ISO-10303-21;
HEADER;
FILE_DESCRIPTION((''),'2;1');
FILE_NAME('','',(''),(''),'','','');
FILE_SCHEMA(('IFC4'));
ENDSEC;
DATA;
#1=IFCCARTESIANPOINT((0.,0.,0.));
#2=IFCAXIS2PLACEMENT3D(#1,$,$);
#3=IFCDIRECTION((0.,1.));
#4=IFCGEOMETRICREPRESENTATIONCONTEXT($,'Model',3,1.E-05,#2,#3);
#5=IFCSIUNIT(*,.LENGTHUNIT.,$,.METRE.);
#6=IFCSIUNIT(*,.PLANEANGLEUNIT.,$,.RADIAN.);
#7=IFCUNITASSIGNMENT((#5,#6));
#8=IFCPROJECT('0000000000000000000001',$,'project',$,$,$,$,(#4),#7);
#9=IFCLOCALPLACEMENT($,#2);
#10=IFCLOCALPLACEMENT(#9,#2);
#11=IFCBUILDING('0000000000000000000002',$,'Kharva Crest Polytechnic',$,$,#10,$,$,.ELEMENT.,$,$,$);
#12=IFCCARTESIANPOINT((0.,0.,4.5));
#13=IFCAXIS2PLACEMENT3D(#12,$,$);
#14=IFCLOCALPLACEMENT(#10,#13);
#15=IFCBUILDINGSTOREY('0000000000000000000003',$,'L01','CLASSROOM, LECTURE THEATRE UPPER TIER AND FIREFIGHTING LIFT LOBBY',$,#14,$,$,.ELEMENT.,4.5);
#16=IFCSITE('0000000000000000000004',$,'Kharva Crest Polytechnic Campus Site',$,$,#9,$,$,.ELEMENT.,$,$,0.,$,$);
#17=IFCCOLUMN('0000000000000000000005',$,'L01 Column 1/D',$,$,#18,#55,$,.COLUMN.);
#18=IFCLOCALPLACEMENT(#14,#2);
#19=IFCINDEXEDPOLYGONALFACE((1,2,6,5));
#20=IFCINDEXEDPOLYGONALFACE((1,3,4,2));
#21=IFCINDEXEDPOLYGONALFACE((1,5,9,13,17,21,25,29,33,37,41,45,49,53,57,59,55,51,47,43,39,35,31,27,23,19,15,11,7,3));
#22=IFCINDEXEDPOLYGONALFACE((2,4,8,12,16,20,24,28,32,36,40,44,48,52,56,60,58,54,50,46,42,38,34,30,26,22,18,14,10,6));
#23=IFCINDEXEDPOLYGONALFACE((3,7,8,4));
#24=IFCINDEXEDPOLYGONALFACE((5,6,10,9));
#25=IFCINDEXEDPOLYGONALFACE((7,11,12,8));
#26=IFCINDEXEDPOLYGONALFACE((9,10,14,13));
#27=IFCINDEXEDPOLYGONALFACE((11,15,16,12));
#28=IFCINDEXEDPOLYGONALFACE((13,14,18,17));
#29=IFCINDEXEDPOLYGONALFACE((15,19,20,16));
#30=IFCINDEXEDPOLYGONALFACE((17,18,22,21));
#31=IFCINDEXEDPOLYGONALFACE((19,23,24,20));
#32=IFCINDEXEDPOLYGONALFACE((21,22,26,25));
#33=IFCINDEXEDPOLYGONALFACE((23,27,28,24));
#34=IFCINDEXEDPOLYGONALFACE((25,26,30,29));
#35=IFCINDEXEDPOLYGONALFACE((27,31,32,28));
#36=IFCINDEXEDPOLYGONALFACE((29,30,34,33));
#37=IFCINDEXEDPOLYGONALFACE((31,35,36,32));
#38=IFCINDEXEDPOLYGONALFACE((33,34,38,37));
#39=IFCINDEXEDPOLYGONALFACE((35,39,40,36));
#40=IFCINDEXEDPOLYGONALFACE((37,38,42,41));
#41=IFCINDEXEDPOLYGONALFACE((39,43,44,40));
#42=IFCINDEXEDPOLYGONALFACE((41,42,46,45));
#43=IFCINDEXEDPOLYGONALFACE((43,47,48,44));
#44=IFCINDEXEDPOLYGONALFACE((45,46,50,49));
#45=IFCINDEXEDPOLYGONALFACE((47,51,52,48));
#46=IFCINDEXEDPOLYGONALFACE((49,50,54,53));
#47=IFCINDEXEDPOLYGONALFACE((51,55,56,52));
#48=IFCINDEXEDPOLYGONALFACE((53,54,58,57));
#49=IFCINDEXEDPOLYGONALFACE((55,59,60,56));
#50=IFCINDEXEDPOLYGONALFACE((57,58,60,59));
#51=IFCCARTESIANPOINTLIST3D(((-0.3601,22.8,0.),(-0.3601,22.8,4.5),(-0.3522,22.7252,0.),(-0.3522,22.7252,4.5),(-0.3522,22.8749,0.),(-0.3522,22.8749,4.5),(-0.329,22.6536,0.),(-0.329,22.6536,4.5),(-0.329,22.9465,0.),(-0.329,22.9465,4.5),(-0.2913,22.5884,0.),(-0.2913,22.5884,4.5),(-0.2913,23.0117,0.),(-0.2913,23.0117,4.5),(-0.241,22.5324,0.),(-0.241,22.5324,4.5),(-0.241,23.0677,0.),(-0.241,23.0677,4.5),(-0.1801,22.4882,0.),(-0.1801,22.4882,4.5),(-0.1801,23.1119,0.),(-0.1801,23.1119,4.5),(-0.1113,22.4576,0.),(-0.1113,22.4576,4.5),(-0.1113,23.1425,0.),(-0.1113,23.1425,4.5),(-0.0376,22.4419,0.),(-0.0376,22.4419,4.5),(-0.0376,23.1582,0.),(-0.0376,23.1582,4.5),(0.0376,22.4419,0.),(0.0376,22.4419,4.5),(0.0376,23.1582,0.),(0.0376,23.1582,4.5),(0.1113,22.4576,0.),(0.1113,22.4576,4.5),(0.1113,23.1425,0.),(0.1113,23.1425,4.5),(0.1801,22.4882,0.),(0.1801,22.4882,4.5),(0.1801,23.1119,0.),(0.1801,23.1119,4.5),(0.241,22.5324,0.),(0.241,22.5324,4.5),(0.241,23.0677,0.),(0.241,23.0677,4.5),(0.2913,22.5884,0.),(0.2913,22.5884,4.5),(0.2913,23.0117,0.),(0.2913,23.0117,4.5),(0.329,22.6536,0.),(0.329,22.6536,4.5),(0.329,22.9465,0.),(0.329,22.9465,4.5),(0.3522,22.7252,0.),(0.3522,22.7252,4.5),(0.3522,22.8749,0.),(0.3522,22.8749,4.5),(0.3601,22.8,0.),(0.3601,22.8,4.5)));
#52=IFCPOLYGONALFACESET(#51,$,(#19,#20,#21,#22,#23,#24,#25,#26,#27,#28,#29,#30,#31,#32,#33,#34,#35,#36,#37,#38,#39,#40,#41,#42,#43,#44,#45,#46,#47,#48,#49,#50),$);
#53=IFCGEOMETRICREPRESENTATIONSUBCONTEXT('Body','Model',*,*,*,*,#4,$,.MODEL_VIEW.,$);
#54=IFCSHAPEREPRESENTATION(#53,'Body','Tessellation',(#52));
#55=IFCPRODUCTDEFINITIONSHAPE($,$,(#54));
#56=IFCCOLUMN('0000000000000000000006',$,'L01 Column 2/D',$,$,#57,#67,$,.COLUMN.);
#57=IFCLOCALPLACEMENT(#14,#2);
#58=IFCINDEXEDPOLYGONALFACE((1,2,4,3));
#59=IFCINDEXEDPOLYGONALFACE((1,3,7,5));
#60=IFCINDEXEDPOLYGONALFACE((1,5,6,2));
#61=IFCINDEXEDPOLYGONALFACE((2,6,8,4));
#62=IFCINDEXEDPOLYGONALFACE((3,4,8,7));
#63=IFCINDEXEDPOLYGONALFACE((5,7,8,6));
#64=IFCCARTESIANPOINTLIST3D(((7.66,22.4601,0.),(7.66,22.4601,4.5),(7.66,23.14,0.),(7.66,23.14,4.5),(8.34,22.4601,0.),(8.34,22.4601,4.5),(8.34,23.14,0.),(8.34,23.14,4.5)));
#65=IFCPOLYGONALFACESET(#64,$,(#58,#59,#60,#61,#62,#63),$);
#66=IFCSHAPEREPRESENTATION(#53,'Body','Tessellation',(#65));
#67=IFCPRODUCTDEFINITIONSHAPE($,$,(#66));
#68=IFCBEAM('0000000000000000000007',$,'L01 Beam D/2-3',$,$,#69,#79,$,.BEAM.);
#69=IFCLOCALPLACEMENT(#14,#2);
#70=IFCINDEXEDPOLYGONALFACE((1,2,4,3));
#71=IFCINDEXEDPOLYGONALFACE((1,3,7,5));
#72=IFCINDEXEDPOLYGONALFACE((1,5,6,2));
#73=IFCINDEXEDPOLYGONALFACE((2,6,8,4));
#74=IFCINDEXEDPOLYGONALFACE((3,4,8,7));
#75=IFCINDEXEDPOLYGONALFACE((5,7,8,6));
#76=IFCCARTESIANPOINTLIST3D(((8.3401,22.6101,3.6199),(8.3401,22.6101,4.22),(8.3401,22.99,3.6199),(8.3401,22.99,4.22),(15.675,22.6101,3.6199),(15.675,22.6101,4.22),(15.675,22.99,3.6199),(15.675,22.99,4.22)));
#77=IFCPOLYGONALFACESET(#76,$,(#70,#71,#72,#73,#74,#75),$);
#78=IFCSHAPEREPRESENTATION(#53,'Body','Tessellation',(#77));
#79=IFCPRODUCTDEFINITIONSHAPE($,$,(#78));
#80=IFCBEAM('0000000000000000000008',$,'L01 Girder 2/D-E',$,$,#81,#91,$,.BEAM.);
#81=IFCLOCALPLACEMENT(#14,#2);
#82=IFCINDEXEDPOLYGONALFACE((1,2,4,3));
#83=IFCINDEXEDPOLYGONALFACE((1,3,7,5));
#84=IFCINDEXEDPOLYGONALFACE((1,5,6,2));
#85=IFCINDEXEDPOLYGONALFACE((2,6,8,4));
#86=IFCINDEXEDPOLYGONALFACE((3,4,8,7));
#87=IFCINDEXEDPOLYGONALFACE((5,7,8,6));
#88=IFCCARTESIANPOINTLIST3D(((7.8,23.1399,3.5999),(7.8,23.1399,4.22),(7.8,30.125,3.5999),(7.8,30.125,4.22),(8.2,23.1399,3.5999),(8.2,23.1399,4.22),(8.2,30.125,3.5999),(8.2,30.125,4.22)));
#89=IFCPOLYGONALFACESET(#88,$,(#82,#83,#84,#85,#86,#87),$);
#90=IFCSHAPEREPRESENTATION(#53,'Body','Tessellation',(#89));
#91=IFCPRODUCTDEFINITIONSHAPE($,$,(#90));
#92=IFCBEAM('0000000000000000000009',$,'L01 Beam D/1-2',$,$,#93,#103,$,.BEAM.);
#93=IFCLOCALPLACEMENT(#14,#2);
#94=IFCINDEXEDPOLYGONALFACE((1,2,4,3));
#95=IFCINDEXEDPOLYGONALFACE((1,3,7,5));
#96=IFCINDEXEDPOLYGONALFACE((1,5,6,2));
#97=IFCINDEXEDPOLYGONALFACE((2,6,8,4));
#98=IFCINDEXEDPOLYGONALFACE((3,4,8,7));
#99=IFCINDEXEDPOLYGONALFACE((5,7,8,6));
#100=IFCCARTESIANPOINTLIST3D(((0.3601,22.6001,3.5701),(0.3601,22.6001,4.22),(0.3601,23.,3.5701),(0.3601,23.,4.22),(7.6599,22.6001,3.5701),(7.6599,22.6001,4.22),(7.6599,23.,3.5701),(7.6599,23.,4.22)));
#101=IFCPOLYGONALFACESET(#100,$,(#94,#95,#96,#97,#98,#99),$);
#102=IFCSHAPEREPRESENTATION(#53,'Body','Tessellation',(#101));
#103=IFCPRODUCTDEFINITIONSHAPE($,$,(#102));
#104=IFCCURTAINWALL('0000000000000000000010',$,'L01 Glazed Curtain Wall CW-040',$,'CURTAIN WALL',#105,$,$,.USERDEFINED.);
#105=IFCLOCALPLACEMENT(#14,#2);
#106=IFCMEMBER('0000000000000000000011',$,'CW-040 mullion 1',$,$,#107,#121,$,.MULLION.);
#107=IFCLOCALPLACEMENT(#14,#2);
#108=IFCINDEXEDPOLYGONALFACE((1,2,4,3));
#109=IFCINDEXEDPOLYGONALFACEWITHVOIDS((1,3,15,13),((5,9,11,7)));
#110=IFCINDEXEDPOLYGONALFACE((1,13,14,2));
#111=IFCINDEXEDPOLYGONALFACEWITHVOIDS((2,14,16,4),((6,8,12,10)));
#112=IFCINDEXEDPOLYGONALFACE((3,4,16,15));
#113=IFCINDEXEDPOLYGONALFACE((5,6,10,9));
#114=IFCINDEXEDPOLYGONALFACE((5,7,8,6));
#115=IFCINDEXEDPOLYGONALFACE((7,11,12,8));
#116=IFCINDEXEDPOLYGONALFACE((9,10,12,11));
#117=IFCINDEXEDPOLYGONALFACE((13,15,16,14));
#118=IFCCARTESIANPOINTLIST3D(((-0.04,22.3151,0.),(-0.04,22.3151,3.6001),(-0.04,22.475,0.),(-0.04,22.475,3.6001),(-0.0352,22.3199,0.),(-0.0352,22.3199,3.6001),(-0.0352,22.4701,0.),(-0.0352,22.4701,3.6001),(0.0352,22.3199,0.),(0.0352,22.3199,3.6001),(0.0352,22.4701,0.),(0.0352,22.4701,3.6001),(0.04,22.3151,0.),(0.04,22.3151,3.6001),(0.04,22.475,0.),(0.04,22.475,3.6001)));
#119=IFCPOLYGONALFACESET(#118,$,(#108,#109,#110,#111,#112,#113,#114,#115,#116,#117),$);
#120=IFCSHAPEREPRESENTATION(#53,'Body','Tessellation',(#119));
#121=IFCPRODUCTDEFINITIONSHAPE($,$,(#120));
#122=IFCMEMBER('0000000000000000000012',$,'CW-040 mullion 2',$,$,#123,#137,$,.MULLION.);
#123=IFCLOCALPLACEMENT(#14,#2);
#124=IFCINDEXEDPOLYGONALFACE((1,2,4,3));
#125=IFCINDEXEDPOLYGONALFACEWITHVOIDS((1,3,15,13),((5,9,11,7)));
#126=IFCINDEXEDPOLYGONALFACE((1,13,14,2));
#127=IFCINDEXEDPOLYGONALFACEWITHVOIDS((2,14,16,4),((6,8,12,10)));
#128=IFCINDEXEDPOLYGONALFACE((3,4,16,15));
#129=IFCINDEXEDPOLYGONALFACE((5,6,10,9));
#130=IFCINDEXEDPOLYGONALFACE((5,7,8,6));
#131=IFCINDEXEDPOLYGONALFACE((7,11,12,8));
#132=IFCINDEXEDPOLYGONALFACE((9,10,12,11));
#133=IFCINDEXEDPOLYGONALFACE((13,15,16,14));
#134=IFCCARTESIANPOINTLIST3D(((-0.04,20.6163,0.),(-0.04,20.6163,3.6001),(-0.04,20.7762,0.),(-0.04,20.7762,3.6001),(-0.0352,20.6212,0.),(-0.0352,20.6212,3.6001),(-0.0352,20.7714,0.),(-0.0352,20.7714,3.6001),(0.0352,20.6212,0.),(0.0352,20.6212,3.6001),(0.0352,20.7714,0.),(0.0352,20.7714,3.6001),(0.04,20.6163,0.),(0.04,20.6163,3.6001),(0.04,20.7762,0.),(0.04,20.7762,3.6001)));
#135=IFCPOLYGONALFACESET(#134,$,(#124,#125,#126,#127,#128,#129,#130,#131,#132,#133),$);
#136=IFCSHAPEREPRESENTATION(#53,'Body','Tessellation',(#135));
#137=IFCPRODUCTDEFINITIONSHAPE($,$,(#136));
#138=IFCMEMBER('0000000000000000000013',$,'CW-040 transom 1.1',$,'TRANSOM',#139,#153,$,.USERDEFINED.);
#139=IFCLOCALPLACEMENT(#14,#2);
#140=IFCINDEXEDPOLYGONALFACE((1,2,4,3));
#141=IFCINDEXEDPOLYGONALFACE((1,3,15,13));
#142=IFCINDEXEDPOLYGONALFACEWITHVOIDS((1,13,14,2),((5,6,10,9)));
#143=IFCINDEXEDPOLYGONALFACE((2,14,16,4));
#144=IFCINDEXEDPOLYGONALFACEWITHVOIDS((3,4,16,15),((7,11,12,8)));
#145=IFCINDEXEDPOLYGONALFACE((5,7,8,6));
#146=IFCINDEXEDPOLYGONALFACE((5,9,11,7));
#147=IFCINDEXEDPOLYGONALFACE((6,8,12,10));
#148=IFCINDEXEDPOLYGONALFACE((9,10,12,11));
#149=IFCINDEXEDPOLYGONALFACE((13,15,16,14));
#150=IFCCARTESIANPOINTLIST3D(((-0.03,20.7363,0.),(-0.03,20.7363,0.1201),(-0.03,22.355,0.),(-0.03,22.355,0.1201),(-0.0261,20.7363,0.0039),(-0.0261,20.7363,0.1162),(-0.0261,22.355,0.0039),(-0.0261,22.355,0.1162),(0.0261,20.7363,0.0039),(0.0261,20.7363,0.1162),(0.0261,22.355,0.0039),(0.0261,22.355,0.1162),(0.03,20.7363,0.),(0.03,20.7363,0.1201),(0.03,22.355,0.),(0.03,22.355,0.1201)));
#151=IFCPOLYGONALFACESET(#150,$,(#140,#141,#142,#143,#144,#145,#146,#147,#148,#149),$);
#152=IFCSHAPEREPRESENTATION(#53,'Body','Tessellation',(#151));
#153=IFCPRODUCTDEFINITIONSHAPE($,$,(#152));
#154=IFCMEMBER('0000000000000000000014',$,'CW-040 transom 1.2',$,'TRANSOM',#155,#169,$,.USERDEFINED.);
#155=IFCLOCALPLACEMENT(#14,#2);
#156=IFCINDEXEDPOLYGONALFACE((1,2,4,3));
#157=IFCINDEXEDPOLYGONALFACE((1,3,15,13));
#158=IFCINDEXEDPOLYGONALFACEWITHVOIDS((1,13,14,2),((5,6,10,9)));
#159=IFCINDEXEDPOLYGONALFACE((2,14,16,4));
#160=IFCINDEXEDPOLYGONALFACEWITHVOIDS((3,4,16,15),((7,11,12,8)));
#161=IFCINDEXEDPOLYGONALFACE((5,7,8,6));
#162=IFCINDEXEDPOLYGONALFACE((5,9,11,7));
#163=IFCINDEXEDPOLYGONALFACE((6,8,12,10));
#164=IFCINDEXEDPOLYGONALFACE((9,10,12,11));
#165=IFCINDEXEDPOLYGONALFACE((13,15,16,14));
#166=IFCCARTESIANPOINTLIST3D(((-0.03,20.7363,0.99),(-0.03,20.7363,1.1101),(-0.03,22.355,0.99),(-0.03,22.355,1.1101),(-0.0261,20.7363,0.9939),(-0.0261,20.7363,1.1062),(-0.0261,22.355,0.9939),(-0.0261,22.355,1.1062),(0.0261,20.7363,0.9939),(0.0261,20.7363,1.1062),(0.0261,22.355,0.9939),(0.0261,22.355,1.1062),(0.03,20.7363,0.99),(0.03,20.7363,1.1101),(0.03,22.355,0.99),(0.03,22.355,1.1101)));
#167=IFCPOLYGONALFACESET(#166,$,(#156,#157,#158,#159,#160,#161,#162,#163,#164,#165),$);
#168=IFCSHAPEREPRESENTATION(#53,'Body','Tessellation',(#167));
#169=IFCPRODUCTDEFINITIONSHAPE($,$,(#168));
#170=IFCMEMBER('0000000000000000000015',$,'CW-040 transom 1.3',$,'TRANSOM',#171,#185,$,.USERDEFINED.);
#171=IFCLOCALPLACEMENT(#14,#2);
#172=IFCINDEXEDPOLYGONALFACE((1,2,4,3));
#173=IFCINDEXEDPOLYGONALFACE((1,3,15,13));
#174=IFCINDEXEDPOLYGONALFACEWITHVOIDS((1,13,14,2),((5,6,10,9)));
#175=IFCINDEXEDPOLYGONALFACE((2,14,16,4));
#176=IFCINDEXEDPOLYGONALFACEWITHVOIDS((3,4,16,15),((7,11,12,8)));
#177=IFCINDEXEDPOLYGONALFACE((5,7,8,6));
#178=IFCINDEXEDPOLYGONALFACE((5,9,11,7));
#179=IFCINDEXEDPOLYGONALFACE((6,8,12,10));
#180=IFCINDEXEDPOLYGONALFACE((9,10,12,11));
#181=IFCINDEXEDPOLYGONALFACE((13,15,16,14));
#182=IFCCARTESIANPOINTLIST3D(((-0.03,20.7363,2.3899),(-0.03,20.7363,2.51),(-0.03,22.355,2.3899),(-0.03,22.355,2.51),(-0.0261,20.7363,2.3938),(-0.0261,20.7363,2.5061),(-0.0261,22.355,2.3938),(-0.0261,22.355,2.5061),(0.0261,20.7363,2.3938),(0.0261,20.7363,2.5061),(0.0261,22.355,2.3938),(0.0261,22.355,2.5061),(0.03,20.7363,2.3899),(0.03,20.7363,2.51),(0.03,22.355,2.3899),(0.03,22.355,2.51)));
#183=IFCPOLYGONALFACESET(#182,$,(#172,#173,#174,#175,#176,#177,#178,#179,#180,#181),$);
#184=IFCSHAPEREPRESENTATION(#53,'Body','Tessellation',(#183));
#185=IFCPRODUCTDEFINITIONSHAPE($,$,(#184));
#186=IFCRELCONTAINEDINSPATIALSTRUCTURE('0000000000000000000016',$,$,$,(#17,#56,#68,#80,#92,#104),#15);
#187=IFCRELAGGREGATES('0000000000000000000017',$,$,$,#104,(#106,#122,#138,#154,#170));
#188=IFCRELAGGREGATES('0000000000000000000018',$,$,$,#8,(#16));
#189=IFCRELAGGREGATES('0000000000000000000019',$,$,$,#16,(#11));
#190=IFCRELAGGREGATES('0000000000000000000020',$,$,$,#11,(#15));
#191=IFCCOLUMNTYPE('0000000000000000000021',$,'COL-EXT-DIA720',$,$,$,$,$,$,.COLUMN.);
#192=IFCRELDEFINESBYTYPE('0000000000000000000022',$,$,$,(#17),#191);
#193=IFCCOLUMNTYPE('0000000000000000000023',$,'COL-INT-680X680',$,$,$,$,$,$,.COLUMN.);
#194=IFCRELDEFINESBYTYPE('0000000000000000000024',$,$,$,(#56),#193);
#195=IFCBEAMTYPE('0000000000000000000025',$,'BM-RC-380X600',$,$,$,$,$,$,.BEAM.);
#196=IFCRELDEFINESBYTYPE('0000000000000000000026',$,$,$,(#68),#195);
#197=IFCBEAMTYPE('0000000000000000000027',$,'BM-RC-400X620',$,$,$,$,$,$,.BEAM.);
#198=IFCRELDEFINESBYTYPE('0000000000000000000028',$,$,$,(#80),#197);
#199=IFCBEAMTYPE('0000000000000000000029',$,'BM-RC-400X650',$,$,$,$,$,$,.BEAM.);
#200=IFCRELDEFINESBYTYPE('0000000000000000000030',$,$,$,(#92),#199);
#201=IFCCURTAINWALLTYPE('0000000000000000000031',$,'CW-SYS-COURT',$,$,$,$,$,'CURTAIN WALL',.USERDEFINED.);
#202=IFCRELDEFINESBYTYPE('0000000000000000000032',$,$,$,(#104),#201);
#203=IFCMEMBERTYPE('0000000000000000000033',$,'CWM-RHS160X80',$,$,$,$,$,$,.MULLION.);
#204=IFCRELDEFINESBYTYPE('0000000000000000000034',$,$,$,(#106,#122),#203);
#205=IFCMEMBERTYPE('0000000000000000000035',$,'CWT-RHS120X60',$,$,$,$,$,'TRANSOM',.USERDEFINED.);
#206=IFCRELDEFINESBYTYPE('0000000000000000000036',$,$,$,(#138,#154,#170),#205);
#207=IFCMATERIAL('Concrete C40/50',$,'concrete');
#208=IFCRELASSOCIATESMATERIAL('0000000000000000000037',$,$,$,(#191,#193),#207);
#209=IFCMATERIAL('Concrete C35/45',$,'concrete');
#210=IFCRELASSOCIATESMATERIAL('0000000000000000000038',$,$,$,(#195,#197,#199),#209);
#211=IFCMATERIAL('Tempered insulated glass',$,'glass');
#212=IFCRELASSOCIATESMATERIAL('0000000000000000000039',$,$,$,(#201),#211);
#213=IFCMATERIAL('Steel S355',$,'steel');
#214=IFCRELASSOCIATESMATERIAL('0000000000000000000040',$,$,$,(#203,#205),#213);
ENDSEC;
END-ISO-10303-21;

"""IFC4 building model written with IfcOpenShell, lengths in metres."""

from ifc_helpers import new_model, si_unit, direction, frame, origin, origin_2d, place, context, subcontext, project, spatial, rectangle, hollow_rectangle, circle, extrude, material, material_profile, profile_set, type_object, element, aggregate, save


model = new_model("IFC4")

# Units and contexts
model_context = context("Model", 3, precision=1e-05, world=origin(), true_north=direction((0.0, 1.0)))
body_context = subcontext(model_context, "Body", "Model", "MODEL_VIEW")
ifc_project = project(units=[si_unit("LENGTHUNIT", "METRE"), si_unit("PLANEANGLEUNIT", "RADIAN")], contexts=[model_context])

# Site, building, storey
site_placement = place(None, origin())
site = spatial("IfcSite", under=ifc_project, at=site_placement, Name="Kharva Crest Polytechnic Campus Site", CompositionType="ELEMENT", RefElevation=0.0)
building_placement = place(site_placement, origin())
building = spatial("IfcBuilding", under=site, at=building_placement, Name="Kharva Crest Polytechnic", CompositionType="ELEMENT")
storey_placement = place(building_placement, frame((0.0, 0.0, 4.5)))
storey = spatial("IfcBuildingStorey", under=building, at=storey_placement, Name="L01", Description="CLASSROOM, LECTURE THEATRE UPPER TIER AND FIREFIGHTING LIFT LOBBY", CompositionType="ELEMENT", Elevation=4.5)

# Columns
ifc_material_1 = material(Name="Concrete C40/50", Category="concrete")
ifc_material_profile_1 = material_profile(ifc_material_1, circle(Radius=0.3601, at=origin_2d()), Name="DIA 720")
ifc_profile_set_1 = profile_set([ifc_material_profile_1], Name="Concrete C40/50")
column_type_1 = type_object("IfcColumnType", Name="COL-EXT-DIA720", PredefinedType="COLUMN", material=ifc_profile_set_1)
column_1_placement = place(storey_placement, frame((0.0, 22.8, 0.0), z_axis=(0.0, 0.0, 1.0), x_axis=(1.0, 0.0, 0.0)))
element("IfcColumn", 1, at=column_1_placement, inside=storey, type_object=column_type_1, Name="L01 Column 1/D", PredefinedType="COLUMN", context=body_context, shape_type="SweptSolid", body=[
    extrude(circle(Radius=0.3601, at=origin_2d()), origin(), (0.0, 0.0, 1.0), 4.5),
])
ifc_material_profile_2 = material_profile(ifc_material_1, rectangle(XDim=0.6799, YDim=0.6799, at=origin_2d()), Name="RECT 680 X 680")
ifc_profile_set_2 = profile_set([ifc_material_profile_2], Name="Concrete C40/50")
column_type_2 = type_object("IfcColumnType", Name="COL-INT-680X680", PredefinedType="COLUMN", material=ifc_profile_set_2)
column_2_placement = place(storey_placement, frame((8.0, 22.8, 0.0), z_axis=(0.0, 0.0, 1.0), x_axis=(1.0, 0.0, 0.0)))
element("IfcColumn", 2, at=column_2_placement, inside=storey, type_object=column_type_2, Name="L01 Column 2/D", PredefinedType="COLUMN", context=body_context, shape_type="SweptSolid", body=[
    extrude(rectangle(XDim=0.6799, YDim=0.6799, at=origin_2d()), origin(), (0.0, 0.0, 1.0), 4.5),
])

# Beams
ifc_material_2 = material(Name="Concrete C35/45", Category="concrete")
ifc_material_profile_3 = material_profile(ifc_material_2, rectangle(XDim=0.3799, YDim=0.6001, at=origin_2d()), Name="RECT 380 X 600")
ifc_profile_set_3 = profile_set([ifc_material_profile_3], Name="Concrete C35/45")
beam_type_1 = type_object("IfcBeamType", Name="BM-RC-380X600", PredefinedType="BEAM", material=ifc_profile_set_3)
beam_1_placement = place(storey_placement, frame((8.3401, 22.8, 3.9199), z_axis=(1.0, 0.0, 0.0), x_axis=(0.0, 1.0, 0.0)))
element("IfcBeam", 3, at=beam_1_placement, inside=storey, type_object=beam_type_1, Name="L01 Beam D/2-3", PredefinedType="BEAM", context=body_context, shape_type="SweptSolid", body=[
    extrude(rectangle(XDim=0.3799, YDim=0.6001, at=origin_2d()), origin(), (0.0, 0.0, 1.0), 7.335),
])
ifc_material_profile_4 = material_profile(ifc_material_2, rectangle(XDim=0.3999, YDim=0.6201, at=origin_2d()), Name="RECT 400 X 620")
ifc_profile_set_4 = profile_set([ifc_material_profile_4], Name="Concrete C35/45")
beam_type_2 = type_object("IfcBeamType", Name="BM-RC-400X620", PredefinedType="BEAM", material=ifc_profile_set_4)
beam_2_placement = place(storey_placement, frame((8.0, 23.1399, 3.9099), z_axis=(0.0, 1.0, 0.0), x_axis=(-1.0, 0.0, 0.0)))
element("IfcBeam", 4, at=beam_2_placement, inside=storey, type_object=beam_type_2, Name="L01 Girder 2/D-E", PredefinedType="BEAM", context=body_context, shape_type="SweptSolid", body=[
    extrude(rectangle(XDim=0.3999, YDim=0.6201, at=origin_2d()), origin(), (0.0, 0.0, 1.0), 6.9851),
])
ifc_material_profile_5 = material_profile(ifc_material_2, rectangle(XDim=0.3999, YDim=0.6499, at=origin_2d()), Name="RECT 400 X 650")
ifc_profile_set_5 = profile_set([ifc_material_profile_5], Name="Concrete C35/45")
beam_type_3 = type_object("IfcBeamType", Name="BM-RC-400X650", PredefinedType="BEAM", material=ifc_profile_set_5)
beam_3_placement = place(storey_placement, frame((0.3601, 22.8, 3.895), z_axis=(1.0, 0.0, 0.0), x_axis=(0.0, 1.0, 0.0)))
element("IfcBeam", 5, at=beam_3_placement, inside=storey, type_object=beam_type_3, Name="L01 Beam D/1-2", PredefinedType="BEAM", context=body_context, shape_type="SweptSolid", body=[
    extrude(rectangle(XDim=0.3999, YDim=0.6499, at=origin_2d()), origin(), (0.0, 0.0, 1.0), 7.2998),
])

# Curtain wall, members
ifc_material_3 = material(Name="Tempered insulated glass", Category="glass")
curtain_wall_type = type_object("IfcCurtainWallType", Name="CW-SYS-COURT", ElementType="CURTAIN WALL", PredefinedType="USERDEFINED", material=ifc_material_3)
curtain_wall_placement = place(storey_placement, origin())
curtain_wall = element("IfcCurtainWall", 6, at=curtain_wall_placement, inside=storey, type_object=curtain_wall_type, Name="L01 Glazed Curtain Wall CW-040", ObjectType="CURTAIN WALL", PredefinedType="USERDEFINED")
ifc_material_4 = material(Name="Steel S355", Category="steel")
ifc_material_profile_6 = material_profile(ifc_material_4, hollow_rectangle(XDim=0.0801, YDim=0.1599, WallThickness=0.0049, at=origin_2d()), Name="RHS 160X80X5.0")
ifc_profile_set_6 = profile_set([ifc_material_profile_6], Name="Steel S355")
member_type_1 = type_object("IfcMemberType", Name="CWM-RHS160X80", PredefinedType="MULLION", material=ifc_profile_set_6)
member_1_placement = place(storey_placement, frame((0.0, 22.395, 0.0), z_axis=(0.0, 0.0, 1.0), x_axis=(1.0, 0.0, 0.0)))
member_1 = element("IfcMember", 7, at=member_1_placement, type_object=member_type_1, Name="CW-040 mullion 1", PredefinedType="MULLION", context=body_context, shape_type="SweptSolid", body=[
    extrude(hollow_rectangle(XDim=0.0801, YDim=0.1599, WallThickness=0.0049, at=origin_2d()), origin(), (0.0, 0.0, 1.0), 3.6001),
])
member_2_placement = place(storey_placement, frame((0.0, 20.6963, 0.0), z_axis=(0.0, 0.0, 1.0), x_axis=(1.0, 0.0, 0.0)))
member_2 = element("IfcMember", 8, at=member_2_placement, type_object=member_type_1, Name="CW-040 mullion 2", PredefinedType="MULLION", context=body_context, shape_type="SweptSolid", body=[
    extrude(hollow_rectangle(XDim=0.0801, YDim=0.1599, WallThickness=0.0049, at=origin_2d()), origin(), (0.0, 0.0, 1.0), 3.6001),
])
ifc_material_profile_7 = material_profile(ifc_material_4, hollow_rectangle(XDim=0.0601, YDim=0.1201, WallThickness=0.0039, at=origin_2d()), Name="RHS 120X60X4.0")
ifc_profile_set_7 = profile_set([ifc_material_profile_7], Name="Steel S355")
member_type_2 = type_object("IfcMemberType", Name="CWT-RHS120X60", ElementType="TRANSOM", PredefinedType="USERDEFINED", material=ifc_profile_set_7)
member_3_placement = place(storey_placement, frame((0.0, 22.355, 0.0601), z_axis=(0.0, -1.0, 0.0), x_axis=(1.0, 0.0, 0.0)))
member_3 = element("IfcMember", 9, at=member_3_placement, type_object=member_type_2, Name="CW-040 transom 1.1", ObjectType="TRANSOM", PredefinedType="USERDEFINED", context=body_context, shape_type="SweptSolid", body=[
    extrude(hollow_rectangle(XDim=0.0601, YDim=0.1201, WallThickness=0.0039, at=origin_2d()), origin(), (0.0, 0.0, 1.0), 1.6187),
])
member_4_placement = place(storey_placement, frame((0.0, 22.355, 1.05), z_axis=(0.0, -1.0, 0.0), x_axis=(1.0, 0.0, 0.0)))
member_4 = element("IfcMember", 10, at=member_4_placement, type_object=member_type_2, Name="CW-040 transom 1.2", ObjectType="TRANSOM", PredefinedType="USERDEFINED", context=body_context, shape_type="SweptSolid", body=[
    extrude(hollow_rectangle(XDim=0.0601, YDim=0.1201, WallThickness=0.0039, at=origin_2d()), origin(), (0.0, 0.0, 1.0), 1.6187),
])
member_5_placement = place(storey_placement, frame((0.0, 22.355, 2.45), z_axis=(0.0, -1.0, 0.0), x_axis=(1.0, 0.0, 0.0)))
member_5 = element("IfcMember", 11, at=member_5_placement, type_object=member_type_2, Name="CW-040 transom 1.3", ObjectType="TRANSOM", PredefinedType="USERDEFINED", context=body_context, shape_type="SweptSolid", body=[
    extrude(hollow_rectangle(XDim=0.0601, YDim=0.1201, WallThickness=0.0039, at=origin_2d()), origin(), (0.0, 0.0, 1.0), 1.6187),
])

aggregate(curtain_wall, [member_1, member_2, member_3, member_4, member_5])

save(model, "model.ifc")
